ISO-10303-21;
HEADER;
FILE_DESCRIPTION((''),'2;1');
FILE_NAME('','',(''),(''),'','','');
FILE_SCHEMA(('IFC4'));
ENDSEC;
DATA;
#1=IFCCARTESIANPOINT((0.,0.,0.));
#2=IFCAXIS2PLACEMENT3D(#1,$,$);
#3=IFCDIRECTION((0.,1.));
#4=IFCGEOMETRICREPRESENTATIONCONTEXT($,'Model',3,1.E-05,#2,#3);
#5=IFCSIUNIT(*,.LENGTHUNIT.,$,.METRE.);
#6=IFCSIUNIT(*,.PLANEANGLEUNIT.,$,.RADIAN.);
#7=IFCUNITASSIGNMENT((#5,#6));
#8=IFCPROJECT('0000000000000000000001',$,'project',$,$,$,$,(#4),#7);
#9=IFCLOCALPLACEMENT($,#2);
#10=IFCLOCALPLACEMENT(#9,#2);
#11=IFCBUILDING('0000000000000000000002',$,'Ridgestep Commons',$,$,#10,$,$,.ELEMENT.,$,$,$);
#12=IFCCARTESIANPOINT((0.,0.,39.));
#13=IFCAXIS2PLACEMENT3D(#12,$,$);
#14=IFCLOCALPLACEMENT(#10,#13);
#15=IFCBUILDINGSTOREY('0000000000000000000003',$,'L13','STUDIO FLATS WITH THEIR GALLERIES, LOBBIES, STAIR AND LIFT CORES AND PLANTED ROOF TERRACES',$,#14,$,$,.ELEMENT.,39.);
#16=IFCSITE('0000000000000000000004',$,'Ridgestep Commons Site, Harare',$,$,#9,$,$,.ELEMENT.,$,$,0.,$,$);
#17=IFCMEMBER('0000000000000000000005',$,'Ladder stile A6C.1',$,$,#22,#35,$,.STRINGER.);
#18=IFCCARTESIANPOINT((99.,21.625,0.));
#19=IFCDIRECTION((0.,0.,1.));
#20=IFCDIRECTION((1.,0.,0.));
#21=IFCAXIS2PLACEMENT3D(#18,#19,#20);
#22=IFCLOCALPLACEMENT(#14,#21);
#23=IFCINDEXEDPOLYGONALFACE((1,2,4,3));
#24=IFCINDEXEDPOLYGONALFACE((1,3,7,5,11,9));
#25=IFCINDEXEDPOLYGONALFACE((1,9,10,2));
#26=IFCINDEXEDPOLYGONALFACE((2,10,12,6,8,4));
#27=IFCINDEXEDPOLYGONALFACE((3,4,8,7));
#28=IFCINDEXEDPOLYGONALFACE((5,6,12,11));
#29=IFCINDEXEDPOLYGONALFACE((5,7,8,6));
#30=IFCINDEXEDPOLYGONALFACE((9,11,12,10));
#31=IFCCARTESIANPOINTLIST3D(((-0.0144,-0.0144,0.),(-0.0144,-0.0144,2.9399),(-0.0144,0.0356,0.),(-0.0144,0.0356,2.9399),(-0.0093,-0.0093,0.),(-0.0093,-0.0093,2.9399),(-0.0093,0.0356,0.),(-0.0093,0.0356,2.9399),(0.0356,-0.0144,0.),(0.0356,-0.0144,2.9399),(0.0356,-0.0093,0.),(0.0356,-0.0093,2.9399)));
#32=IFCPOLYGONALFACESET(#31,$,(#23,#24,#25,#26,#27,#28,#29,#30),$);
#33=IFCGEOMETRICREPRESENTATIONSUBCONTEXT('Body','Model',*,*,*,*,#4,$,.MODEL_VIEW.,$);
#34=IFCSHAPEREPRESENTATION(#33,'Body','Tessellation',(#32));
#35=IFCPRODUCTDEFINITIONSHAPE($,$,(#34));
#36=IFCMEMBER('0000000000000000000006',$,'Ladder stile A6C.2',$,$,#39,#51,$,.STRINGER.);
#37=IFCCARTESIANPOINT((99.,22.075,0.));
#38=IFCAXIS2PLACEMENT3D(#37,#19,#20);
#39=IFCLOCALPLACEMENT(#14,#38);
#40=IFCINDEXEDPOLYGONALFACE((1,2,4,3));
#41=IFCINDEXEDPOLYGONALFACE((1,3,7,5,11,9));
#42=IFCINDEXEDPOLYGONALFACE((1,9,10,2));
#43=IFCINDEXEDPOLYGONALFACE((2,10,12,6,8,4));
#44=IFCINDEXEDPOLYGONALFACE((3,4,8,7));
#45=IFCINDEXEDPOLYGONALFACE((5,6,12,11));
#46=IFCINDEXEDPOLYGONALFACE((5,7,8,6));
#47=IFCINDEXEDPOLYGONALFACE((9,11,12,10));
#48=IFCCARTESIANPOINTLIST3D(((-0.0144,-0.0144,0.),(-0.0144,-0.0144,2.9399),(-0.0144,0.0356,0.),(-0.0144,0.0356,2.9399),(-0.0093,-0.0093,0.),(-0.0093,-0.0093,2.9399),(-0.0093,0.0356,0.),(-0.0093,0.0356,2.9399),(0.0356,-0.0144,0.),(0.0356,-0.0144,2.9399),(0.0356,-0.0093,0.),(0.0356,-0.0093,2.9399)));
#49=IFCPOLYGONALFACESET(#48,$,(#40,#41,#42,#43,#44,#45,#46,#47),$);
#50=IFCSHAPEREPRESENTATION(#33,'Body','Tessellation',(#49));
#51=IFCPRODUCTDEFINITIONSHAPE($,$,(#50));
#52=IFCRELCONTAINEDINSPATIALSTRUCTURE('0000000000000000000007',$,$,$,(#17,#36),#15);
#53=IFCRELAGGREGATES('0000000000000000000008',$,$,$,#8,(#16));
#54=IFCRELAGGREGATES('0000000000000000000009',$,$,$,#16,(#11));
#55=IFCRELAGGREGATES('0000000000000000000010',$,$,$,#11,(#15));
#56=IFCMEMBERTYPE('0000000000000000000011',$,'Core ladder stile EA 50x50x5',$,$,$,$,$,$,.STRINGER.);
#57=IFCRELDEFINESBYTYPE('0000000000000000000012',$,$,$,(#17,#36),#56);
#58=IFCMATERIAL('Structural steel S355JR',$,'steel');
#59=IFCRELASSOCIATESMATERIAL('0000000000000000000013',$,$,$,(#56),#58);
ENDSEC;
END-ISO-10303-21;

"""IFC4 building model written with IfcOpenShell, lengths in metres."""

from ifc_helpers import new_model, si_unit, direction, frame, origin, place, context, subcontext, project, spatial, polyline, outline, extrude, material, material_profile, profile_set, type_object, element, save


model = new_model("IFC4")

# Units and contexts
model_context = context("Model", 3, precision=1e-05, world=origin(), true_north=direction((0.0, 1.0)))
body_context = subcontext(model_context, "Body", "Model", "MODEL_VIEW")
ifc_project = project(units=[si_unit("LENGTHUNIT", "METRE"), si_unit("PLANEANGLEUNIT", "RADIAN")], contexts=[model_context])

# Site, building, storey
site_placement = place(None, origin())
site = spatial("IfcSite", under=ifc_project, at=site_placement, Name="Ridgestep Commons Site, Harare", CompositionType="ELEMENT", RefElevation=0.0)
building_placement = place(site_placement, origin())
building = spatial("IfcBuilding", under=site, at=building_placement, Name="Ridgestep Commons", CompositionType="ELEMENT")
storey_placement = place(building_placement, frame((0.0, 0.0, 39.0)))
storey = spatial("IfcBuildingStorey", under=building, at=storey_placement, Name="L13", Description="STUDIO FLATS WITH THEIR GALLERIES, LOBBIES, STAIR AND LIFT CORES AND PLANTED ROOF TERRACES", CompositionType="ELEMENT", Elevation=39.0)

# Members
ifc_material_1 = material(Name="Structural steel S355JR", Category="steel")
ifc_material_profile_1 = material_profile(ifc_material_1, outline(polyline([(-0.0144, -0.0144), (0.0356, -0.0144), (0.0356, -0.0093), (-0.0093, -0.0093), (-0.0093, 0.0356), (-0.0144, 0.0356), (-0.0144, -0.0144)])), Name="EA 50x50x5")
ifc_profile_set_1 = profile_set([ifc_material_profile_1], Name="Structural steel S355JR")
member_type_1 = type_object("IfcMemberType", Name="Core ladder stile EA 50x50x5", PredefinedType="STRINGER", material=ifc_profile_set_1)
for number, where, z_axis, x_axis, name in (
    (1, (99.0, 21.625, 0.0), (0.0, 0.0, 1.0), (1.0, 0.0, 0.0), "Ladder stile A6C.1"),
    (2, (99.0, 22.075, 0.0), (0.0, 0.0, 1.0), (1.0, 0.0, 0.0), "Ladder stile A6C.2"),
):
    element("IfcMember", number, at=place(storey_placement, frame(where, z_axis=z_axis, x_axis=x_axis)), inside=storey, type_object=member_type_1, Name=name, PredefinedType="STRINGER", context=body_context, shape_type="SweptSolid", body=[
        extrude(outline(polyline([(-0.0144, -0.0144), (0.0356, -0.0144), (0.0356, -0.0093), (-0.0093, -0.0093), (-0.0093, 0.0356), (-0.0144, 0.0356), (-0.0144, -0.0144)])), origin(), (0.0, 0.0, 1.0), 2.9399),
    ])

save(model, "model.ifc")
